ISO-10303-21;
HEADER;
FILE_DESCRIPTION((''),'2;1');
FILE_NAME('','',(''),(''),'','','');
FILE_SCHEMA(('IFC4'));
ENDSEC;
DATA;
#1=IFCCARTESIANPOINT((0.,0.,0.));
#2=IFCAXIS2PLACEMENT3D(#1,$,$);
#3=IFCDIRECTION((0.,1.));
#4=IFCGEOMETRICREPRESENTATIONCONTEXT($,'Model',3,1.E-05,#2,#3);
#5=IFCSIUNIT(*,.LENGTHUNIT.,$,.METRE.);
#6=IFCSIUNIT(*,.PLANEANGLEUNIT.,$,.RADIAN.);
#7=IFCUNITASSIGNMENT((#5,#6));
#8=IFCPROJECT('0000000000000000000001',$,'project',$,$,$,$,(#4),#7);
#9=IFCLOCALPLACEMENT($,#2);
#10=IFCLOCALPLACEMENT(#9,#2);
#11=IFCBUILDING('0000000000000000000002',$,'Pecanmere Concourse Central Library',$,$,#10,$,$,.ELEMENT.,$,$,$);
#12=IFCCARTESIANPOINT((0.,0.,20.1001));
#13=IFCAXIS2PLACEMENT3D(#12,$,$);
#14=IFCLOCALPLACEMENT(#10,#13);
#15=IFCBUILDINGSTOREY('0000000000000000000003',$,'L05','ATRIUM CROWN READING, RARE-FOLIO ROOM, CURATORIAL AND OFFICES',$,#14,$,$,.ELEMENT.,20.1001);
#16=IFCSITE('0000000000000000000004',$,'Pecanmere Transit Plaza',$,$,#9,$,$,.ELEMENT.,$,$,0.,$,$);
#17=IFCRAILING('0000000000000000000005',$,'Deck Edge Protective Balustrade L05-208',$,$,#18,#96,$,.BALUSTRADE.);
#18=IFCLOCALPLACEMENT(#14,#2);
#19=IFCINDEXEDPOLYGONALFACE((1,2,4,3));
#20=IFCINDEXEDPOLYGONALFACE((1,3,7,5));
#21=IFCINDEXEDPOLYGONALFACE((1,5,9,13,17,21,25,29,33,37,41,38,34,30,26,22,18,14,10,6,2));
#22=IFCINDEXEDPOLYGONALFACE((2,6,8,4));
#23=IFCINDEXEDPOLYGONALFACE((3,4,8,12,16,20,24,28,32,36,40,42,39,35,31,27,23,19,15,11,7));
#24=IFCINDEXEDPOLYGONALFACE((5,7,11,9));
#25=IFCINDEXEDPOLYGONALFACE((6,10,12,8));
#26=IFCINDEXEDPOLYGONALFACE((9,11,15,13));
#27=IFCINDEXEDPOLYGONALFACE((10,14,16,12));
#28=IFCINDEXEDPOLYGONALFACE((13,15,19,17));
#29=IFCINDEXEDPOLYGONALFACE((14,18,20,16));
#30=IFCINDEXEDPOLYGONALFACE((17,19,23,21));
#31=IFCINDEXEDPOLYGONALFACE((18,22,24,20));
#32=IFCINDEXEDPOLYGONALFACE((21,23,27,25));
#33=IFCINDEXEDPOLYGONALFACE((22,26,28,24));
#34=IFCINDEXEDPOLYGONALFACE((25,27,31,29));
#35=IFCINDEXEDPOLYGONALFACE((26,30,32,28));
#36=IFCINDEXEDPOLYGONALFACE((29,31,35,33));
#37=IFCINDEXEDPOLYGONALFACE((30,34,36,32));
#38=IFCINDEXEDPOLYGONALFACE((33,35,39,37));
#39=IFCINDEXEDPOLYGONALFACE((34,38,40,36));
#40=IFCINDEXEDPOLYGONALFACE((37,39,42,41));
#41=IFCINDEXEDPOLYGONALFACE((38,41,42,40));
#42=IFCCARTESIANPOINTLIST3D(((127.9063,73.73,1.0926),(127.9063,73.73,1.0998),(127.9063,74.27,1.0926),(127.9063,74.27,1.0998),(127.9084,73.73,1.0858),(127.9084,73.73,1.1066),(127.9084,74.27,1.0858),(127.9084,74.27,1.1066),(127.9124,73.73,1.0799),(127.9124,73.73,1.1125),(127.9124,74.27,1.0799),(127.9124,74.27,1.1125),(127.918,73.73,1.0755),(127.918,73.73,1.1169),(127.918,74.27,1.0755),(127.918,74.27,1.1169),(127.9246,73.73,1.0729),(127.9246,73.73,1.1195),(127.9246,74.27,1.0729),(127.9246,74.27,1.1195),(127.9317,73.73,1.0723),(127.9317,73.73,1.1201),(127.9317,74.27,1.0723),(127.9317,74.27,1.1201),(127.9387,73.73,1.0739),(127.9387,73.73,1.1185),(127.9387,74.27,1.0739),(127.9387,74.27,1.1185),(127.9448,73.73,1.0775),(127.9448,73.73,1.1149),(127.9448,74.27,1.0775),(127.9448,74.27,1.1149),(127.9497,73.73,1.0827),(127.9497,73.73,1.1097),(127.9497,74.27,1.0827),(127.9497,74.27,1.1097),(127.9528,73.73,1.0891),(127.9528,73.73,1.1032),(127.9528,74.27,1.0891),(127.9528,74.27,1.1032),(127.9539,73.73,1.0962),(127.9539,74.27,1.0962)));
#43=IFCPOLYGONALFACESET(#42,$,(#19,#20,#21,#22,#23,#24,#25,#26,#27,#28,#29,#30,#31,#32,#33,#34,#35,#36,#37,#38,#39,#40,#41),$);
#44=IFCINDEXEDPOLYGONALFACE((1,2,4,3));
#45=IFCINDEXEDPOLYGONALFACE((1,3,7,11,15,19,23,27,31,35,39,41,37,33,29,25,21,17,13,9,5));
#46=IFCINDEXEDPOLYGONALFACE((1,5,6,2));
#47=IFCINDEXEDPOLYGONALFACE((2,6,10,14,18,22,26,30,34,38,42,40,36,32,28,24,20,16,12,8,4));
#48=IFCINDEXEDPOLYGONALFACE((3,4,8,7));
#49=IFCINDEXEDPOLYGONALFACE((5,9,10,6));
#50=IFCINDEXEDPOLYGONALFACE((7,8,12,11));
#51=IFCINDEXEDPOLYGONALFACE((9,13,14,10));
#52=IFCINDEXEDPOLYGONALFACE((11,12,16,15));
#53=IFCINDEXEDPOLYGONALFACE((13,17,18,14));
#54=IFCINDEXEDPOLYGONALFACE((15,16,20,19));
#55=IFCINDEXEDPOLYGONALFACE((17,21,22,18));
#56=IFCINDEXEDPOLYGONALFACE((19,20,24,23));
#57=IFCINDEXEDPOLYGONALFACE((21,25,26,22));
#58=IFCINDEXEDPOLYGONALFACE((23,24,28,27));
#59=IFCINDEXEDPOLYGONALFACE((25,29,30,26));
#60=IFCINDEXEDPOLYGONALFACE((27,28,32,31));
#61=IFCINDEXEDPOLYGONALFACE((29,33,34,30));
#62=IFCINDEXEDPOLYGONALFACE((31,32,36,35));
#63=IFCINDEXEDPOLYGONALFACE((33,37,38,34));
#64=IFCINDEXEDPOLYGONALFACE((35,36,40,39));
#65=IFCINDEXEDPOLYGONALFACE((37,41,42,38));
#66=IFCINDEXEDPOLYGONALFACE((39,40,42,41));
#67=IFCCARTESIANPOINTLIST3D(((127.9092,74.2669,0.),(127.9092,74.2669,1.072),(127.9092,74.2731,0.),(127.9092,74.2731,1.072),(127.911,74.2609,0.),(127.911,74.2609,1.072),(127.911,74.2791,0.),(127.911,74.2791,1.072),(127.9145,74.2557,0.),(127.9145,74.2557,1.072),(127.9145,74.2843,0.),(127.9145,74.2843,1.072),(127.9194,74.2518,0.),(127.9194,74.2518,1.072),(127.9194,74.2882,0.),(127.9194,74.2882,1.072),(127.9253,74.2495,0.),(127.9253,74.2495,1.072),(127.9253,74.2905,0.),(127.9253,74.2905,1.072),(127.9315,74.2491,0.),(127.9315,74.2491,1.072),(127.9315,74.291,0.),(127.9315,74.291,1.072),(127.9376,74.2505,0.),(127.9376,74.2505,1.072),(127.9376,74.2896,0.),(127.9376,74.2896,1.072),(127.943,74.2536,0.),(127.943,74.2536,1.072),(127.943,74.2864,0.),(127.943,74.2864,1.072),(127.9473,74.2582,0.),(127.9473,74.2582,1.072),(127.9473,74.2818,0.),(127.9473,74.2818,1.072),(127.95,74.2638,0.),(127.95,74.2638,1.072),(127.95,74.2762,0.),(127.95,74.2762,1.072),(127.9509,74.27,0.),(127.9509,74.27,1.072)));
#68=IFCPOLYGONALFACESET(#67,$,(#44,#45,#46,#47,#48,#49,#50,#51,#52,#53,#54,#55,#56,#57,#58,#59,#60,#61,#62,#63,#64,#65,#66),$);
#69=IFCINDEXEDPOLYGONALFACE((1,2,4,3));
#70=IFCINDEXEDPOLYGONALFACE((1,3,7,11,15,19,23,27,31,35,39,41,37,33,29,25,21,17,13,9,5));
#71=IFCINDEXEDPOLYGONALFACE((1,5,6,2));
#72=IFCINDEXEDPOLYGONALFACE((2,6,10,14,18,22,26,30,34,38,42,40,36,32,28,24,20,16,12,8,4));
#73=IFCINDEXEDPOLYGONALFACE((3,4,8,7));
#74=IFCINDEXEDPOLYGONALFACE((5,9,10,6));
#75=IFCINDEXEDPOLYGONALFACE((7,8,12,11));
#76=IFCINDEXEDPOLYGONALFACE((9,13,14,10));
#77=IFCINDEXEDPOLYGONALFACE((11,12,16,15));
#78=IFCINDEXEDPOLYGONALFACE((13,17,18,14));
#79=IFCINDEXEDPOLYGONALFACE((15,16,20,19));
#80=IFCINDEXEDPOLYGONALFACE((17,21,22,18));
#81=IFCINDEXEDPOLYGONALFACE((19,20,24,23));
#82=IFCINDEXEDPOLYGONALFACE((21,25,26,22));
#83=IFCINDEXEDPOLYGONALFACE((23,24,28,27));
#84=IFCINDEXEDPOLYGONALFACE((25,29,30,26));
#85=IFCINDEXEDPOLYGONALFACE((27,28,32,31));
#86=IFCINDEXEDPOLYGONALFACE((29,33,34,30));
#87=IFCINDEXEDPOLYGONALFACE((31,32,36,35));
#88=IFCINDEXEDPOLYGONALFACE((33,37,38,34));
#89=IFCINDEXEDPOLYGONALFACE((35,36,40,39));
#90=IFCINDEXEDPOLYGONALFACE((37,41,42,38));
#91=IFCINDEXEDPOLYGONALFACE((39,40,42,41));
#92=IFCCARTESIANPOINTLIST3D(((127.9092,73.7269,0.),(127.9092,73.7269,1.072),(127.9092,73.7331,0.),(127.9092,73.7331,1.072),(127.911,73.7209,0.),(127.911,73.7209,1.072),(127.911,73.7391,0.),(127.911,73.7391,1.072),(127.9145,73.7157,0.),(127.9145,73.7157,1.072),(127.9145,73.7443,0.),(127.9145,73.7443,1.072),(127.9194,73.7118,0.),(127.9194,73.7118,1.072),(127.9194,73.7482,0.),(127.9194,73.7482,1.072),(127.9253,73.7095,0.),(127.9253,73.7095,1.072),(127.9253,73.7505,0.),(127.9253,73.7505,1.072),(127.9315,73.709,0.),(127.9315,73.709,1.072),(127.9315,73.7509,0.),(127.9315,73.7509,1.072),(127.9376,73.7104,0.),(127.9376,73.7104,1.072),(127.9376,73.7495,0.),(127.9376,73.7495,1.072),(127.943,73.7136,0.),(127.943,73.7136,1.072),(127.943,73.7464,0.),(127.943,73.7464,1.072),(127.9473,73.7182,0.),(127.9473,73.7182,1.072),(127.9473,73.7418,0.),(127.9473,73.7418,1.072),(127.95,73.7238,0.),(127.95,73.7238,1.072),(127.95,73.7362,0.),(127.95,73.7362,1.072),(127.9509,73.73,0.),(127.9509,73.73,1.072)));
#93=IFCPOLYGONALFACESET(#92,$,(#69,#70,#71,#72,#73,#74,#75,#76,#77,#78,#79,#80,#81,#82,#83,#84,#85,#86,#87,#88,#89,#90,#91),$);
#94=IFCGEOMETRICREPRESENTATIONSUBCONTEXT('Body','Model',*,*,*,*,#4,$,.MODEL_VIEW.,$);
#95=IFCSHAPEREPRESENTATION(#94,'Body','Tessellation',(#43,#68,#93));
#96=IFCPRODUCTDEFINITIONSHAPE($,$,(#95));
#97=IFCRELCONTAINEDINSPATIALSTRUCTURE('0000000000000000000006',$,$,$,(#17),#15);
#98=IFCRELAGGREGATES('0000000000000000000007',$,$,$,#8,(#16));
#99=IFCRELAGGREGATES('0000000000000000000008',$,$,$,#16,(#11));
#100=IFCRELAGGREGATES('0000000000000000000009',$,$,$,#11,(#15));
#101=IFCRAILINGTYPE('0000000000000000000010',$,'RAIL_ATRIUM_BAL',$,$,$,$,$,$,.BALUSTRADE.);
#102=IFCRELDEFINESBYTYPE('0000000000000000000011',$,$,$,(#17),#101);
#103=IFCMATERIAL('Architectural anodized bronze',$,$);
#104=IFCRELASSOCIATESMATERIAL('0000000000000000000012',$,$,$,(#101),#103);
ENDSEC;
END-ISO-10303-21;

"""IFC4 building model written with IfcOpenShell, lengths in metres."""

from ifc_helpers import new_model, si_unit, direction, frame, origin, origin_2d, place, context, subcontext, project, spatial, circle, extrude, material, type_object, element, save


model = new_model("IFC4")

# Units and contexts
model_context = context("Model", 3, precision=1e-05, world=origin(), true_north=direction((0.0, 1.0)))
body_context = subcontext(model_context, "Body", "Model", "MODEL_VIEW")
ifc_project = project(units=[si_unit("LENGTHUNIT", "METRE"), si_unit("PLANEANGLEUNIT", "RADIAN")], contexts=[model_context])

# Site, building, storey
site_placement = place(None, origin())
site = spatial("IfcSite", under=ifc_project, at=site_placement, Name="Pecanmere Transit Plaza", CompositionType="ELEMENT", RefElevation=0.0)
building_placement = place(site_placement, origin())
building = spatial("IfcBuilding", under=site, at=building_placement, Name="Pecanmere Concourse Central Library", CompositionType="ELEMENT")
storey_placement = place(building_placement, frame((0.0, 0.0, 20.1001)))
storey = spatial("IfcBuildingStorey", under=building, at=storey_placement, Name="L05", Description="ATRIUM CROWN READING, RARE-FOLIO ROOM, CURATORIAL AND OFFICES", CompositionType="ELEMENT", Elevation=20.1001)

# Railing
ifc_material_1 = material(Name="Architectural anodized bronze")
railing_type = type_object("IfcRailingType", Name="RAIL_ATRIUM_BAL", PredefinedType="BALUSTRADE", material=ifc_material_1)
railing_placement = place(storey_placement, frame((127.9299, 74.27, 0.0)))
element("IfcRailing", 1, at=railing_placement, inside=storey, type_object=railing_type, Name="Deck Edge Protective Balustrade L05-208", PredefinedType="BALUSTRADE", context=body_context, shape_type="SweptSolid", body=[
    extrude(circle(Radius=0.0239, at=origin_2d()), frame((0.0, 0.0, 1.0962), z_axis=(0.0, -1.0, 0.0), x_axis=(1.0, 0.0, 0.0)), (0.0, 0.0, 1.0), 0.54),
    extrude(circle(Radius=0.021, at=origin_2d()), origin(), (0.0, 0.0, 1.0), 1.072),
    extrude(circle(Radius=0.021, at=origin_2d()), frame((0.0, -0.54, 0.0)), (0.0, 0.0, 1.0), 1.072),
])

save(model, "model.ifc")
